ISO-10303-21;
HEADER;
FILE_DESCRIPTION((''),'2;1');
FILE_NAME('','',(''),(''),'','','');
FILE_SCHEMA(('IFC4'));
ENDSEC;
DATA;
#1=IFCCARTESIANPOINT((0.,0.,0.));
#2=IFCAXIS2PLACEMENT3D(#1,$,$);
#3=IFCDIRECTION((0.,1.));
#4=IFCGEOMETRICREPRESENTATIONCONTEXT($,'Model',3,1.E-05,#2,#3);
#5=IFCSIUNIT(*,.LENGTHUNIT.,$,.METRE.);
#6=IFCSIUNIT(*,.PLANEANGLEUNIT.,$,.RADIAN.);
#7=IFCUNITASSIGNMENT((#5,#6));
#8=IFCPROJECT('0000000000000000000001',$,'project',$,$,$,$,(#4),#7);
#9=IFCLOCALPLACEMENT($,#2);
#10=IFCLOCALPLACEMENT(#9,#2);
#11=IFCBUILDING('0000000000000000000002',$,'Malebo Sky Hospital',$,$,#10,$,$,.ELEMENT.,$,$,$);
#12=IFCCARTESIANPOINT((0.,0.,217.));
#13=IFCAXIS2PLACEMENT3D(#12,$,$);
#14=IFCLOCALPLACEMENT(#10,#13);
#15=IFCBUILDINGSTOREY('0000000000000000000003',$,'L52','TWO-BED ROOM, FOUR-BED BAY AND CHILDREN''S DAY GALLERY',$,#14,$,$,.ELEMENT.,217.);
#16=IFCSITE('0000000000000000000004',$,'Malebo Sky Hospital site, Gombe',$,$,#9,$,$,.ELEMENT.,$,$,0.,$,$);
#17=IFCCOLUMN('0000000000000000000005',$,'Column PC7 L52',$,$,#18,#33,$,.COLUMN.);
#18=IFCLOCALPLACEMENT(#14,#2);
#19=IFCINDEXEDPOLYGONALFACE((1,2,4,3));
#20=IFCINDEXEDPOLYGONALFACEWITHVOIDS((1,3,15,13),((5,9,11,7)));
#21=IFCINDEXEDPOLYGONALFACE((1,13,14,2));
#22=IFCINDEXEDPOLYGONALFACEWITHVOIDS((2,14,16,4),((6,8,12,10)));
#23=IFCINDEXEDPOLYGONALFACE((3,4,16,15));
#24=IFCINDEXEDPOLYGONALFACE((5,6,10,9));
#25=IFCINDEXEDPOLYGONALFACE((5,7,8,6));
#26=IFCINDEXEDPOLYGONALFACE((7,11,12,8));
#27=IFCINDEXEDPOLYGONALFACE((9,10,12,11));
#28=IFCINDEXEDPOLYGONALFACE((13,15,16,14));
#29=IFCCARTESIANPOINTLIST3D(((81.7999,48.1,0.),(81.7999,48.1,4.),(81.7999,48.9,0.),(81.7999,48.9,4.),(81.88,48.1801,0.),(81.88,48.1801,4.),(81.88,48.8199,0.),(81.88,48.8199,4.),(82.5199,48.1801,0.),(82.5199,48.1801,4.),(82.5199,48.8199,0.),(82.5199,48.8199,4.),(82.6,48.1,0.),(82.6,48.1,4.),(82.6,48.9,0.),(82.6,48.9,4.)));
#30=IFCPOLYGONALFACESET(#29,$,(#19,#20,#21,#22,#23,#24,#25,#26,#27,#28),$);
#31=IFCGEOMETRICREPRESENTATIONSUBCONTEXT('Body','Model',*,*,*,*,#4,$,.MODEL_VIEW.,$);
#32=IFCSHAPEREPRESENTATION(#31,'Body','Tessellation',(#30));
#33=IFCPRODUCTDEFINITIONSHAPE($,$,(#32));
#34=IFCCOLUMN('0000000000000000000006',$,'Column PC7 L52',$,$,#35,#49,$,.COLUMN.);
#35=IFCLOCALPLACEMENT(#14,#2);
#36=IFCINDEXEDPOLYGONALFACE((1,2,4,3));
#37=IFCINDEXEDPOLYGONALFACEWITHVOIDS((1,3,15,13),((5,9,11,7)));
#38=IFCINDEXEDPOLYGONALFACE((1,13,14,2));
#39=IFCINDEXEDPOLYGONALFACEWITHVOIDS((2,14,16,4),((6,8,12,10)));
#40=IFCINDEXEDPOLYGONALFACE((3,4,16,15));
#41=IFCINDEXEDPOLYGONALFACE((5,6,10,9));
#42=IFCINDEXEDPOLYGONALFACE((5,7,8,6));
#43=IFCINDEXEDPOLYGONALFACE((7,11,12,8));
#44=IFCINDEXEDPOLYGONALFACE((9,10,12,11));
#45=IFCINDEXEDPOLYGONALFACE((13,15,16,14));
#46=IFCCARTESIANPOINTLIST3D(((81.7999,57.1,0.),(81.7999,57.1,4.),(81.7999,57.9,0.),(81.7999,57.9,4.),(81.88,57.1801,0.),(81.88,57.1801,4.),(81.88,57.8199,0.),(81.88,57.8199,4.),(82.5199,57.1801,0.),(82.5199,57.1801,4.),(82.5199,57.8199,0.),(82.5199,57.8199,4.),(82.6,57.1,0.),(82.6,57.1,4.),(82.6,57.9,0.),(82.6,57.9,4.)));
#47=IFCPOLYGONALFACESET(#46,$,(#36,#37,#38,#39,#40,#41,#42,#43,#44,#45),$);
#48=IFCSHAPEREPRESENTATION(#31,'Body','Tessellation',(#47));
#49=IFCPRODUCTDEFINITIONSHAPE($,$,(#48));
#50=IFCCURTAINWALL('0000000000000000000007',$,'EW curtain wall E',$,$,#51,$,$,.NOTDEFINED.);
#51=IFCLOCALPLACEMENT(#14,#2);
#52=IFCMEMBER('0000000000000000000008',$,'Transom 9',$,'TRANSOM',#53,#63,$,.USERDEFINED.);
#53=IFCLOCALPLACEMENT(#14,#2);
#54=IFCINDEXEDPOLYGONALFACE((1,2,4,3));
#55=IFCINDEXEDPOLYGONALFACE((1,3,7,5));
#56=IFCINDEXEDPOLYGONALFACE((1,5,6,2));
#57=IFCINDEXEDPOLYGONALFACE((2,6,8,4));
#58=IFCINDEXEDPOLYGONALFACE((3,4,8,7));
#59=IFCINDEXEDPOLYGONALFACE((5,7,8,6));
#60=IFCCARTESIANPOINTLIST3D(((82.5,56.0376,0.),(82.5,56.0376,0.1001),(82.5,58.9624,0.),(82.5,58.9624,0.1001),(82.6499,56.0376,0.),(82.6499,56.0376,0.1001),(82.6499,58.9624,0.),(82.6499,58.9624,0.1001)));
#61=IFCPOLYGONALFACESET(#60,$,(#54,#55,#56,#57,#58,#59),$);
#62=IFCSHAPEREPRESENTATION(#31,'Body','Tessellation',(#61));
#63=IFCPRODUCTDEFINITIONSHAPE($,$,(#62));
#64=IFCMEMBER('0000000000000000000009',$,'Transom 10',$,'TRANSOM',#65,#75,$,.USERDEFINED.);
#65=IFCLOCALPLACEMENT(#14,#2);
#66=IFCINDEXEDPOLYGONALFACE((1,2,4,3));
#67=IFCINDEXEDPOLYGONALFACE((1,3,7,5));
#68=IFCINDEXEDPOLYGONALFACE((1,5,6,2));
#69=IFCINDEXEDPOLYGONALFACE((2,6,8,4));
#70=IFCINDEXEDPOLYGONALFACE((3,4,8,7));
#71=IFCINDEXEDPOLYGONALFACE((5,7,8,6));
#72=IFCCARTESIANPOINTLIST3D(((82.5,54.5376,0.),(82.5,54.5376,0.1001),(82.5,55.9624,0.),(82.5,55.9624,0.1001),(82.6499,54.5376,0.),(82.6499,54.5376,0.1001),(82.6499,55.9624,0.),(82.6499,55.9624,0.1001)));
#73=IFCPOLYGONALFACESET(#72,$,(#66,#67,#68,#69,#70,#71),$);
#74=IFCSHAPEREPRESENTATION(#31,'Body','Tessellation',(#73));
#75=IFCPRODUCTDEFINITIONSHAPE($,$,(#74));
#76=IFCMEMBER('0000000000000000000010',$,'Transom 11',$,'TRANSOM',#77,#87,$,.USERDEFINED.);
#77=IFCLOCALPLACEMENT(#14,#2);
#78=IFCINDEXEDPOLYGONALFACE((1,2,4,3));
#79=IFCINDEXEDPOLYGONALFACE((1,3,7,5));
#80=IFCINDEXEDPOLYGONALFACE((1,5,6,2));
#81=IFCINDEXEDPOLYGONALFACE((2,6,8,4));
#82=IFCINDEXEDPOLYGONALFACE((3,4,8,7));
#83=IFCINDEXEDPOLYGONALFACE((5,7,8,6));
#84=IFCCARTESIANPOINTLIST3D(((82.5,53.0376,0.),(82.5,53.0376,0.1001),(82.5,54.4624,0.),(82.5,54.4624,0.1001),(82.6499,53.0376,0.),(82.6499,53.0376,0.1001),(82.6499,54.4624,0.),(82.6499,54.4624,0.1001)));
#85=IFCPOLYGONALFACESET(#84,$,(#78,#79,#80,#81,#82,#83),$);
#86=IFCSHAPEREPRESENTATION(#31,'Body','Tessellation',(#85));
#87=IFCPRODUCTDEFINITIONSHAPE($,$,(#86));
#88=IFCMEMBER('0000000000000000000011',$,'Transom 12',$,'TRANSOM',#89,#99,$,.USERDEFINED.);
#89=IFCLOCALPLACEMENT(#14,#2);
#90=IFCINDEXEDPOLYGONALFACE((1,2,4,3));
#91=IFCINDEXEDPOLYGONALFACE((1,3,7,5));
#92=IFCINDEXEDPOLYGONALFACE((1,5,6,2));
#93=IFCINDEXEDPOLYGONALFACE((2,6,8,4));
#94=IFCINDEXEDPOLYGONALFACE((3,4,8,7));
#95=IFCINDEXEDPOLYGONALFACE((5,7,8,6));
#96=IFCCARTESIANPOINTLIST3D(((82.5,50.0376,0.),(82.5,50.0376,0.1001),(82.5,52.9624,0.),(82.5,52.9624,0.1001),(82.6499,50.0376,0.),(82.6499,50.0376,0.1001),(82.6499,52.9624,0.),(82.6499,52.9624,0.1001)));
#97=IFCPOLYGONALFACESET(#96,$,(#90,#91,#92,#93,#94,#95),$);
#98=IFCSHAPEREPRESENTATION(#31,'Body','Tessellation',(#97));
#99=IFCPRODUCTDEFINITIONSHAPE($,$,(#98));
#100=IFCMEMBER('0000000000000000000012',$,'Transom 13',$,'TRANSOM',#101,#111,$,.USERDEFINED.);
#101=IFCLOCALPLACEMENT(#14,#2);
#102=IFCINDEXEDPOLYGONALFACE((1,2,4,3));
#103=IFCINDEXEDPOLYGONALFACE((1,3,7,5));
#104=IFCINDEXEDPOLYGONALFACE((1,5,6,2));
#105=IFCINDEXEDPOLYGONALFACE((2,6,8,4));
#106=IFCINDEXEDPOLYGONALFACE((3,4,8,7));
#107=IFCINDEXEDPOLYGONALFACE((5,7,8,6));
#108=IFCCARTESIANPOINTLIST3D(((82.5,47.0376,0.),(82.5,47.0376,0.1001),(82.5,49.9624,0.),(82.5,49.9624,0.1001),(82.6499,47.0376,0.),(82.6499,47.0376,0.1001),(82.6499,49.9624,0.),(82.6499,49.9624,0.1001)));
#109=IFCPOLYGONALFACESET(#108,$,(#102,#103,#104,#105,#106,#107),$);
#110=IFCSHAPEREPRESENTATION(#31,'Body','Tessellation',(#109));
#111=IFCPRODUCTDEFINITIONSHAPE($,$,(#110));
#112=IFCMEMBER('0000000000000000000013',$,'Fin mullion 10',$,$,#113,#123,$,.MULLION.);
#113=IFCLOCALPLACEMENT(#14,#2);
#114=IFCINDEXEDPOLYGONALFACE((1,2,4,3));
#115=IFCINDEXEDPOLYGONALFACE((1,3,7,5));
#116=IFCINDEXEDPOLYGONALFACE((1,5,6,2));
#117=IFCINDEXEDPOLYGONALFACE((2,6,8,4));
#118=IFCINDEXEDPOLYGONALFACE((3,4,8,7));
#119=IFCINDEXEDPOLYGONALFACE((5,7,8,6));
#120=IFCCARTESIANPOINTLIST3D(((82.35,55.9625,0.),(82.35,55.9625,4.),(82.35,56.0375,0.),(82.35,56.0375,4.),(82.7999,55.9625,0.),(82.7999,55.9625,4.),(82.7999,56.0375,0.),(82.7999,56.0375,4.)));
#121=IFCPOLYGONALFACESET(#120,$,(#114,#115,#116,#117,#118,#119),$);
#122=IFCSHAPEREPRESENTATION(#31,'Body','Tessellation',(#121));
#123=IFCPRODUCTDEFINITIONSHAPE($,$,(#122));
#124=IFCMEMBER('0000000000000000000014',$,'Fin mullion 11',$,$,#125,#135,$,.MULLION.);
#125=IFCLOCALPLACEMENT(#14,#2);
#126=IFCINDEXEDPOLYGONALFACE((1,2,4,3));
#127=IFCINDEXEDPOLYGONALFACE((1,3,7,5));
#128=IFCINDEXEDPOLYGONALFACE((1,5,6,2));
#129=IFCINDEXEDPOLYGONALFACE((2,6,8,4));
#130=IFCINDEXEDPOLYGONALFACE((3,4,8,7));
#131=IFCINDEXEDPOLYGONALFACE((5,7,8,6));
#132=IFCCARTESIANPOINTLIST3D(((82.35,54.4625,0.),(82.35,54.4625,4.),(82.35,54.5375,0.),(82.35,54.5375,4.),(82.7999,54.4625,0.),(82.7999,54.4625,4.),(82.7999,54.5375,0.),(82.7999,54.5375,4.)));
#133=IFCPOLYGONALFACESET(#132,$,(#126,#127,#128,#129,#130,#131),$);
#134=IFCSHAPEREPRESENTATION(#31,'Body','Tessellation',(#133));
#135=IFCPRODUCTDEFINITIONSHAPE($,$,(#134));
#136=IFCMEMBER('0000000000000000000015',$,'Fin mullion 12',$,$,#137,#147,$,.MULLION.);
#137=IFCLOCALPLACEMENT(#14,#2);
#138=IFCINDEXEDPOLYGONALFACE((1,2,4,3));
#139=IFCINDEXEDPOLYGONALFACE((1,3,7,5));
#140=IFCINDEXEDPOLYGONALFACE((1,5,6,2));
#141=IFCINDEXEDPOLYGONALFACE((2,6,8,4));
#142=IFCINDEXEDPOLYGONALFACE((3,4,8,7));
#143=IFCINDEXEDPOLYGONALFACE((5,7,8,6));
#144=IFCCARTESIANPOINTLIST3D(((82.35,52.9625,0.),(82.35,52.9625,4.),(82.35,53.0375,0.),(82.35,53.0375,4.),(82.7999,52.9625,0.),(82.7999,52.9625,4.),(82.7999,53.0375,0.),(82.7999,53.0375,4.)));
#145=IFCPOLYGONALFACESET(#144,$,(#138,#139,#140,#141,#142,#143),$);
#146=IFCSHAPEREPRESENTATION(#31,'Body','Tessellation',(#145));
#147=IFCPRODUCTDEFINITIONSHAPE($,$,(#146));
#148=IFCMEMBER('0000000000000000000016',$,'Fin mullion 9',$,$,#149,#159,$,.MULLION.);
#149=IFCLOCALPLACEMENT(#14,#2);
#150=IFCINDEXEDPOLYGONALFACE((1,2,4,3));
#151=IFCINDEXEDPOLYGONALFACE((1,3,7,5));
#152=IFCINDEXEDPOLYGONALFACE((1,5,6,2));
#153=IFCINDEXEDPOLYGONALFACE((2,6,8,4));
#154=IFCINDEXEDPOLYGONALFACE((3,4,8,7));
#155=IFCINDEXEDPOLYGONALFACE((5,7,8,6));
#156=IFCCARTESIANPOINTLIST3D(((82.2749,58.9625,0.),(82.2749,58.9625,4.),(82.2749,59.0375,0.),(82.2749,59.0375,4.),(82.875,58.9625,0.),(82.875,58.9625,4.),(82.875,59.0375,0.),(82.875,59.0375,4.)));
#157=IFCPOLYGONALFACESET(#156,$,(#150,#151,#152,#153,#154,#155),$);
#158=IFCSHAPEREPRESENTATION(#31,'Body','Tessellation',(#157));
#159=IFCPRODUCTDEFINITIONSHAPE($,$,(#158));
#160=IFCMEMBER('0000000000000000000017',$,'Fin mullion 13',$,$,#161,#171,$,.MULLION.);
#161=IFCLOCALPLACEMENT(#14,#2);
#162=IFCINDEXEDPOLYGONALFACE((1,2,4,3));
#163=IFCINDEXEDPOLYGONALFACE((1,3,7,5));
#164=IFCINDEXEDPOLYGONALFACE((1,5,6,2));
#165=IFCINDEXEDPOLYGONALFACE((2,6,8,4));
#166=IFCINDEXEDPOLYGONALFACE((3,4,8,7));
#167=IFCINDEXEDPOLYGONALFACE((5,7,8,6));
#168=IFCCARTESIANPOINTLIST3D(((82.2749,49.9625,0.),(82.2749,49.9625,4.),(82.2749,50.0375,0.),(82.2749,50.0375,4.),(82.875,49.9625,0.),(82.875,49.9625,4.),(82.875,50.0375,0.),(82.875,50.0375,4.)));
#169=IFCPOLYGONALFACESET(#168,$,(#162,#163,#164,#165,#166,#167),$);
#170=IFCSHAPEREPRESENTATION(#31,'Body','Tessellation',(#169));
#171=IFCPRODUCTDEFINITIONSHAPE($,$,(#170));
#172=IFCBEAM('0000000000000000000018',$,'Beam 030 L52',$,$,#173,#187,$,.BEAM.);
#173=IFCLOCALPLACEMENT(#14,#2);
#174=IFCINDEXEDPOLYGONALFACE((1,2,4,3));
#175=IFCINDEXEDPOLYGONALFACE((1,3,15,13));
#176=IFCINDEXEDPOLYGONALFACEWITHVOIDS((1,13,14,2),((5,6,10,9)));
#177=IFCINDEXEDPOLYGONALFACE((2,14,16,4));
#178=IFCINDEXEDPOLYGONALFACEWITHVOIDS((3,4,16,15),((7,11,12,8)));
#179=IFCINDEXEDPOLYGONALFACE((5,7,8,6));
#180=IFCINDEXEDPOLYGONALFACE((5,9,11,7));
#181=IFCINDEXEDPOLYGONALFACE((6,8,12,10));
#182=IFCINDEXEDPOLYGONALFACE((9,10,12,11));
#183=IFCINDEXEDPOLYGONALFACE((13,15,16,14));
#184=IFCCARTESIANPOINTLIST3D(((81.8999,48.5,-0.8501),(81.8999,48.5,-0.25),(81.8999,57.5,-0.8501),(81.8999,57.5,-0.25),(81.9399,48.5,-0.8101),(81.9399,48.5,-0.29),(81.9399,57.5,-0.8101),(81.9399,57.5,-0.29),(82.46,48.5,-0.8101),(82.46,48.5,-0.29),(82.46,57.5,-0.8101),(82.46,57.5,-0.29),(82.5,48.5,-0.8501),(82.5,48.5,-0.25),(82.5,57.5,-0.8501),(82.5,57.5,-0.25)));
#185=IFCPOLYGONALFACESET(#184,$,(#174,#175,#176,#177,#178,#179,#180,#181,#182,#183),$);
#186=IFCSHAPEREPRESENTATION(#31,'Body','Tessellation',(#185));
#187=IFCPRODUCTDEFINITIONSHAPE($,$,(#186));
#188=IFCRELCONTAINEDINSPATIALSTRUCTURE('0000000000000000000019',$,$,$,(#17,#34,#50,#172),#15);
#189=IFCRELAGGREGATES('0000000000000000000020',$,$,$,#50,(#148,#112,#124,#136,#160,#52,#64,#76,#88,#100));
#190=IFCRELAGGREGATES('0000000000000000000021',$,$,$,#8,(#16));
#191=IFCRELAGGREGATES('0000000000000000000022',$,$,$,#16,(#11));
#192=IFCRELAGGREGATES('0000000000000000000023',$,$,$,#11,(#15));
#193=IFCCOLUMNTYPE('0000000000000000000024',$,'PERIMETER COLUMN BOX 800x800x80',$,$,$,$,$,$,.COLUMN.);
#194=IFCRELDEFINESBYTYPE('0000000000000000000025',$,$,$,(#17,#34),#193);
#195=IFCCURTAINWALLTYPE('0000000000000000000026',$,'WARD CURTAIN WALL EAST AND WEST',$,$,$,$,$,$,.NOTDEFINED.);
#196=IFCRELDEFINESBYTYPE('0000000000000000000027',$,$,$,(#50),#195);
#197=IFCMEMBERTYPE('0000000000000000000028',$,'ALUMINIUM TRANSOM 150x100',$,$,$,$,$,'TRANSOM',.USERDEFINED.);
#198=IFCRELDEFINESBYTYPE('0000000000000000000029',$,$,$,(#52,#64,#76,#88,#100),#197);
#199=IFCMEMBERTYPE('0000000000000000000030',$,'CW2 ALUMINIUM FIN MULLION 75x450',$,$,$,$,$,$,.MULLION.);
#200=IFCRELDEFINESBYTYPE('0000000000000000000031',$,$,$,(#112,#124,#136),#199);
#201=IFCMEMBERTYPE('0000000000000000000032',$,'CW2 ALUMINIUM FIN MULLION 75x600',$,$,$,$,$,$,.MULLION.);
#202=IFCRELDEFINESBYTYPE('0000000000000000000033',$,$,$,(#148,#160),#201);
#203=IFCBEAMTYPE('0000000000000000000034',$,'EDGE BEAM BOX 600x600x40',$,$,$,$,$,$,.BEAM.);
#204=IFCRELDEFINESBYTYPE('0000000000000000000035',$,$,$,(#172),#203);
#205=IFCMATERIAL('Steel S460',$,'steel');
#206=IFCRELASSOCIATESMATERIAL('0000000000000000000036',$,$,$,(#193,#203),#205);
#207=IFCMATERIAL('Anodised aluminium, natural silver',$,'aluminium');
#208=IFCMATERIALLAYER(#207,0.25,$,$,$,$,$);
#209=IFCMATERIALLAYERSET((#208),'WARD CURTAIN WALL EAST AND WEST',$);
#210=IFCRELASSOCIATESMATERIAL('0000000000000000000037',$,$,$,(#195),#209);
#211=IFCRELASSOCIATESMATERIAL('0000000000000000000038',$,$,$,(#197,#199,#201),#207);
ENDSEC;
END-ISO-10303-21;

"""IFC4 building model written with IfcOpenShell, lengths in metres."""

from ifc_helpers import new_model, si_unit, direction, frame, origin, origin_2d, place, context, subcontext, project, spatial, rectangle, hollow_rectangle, extrude, material, layer, layer_set, material_profile, profile_set, type_object, element, aggregate, save


model = new_model("IFC4")

# Units and contexts
model_context = context("Model", 3, precision=1e-05, world=origin(), true_north=direction((0.0, 1.0)))
body_context = subcontext(model_context, "Body", "Model", "MODEL_VIEW")
ifc_project = project(units=[si_unit("LENGTHUNIT", "METRE"), si_unit("PLANEANGLEUNIT", "RADIAN")], contexts=[model_context])

# Site, building, storey
site_placement = place(None, origin())
site = spatial("IfcSite", under=ifc_project, at=site_placement, Name="Malebo Sky Hospital site, Gombe", CompositionType="ELEMENT", RefElevation=0.0)
building_placement = place(site_placement, origin())
building = spatial("IfcBuilding", under=site, at=building_placement, Name="Malebo Sky Hospital", CompositionType="ELEMENT")
storey_placement = place(building_placement, frame((0.0, 0.0, 217.0)))
storey = spatial("IfcBuildingStorey", under=building, at=storey_placement, Name="L52", Description="TWO-BED ROOM, FOUR-BED BAY AND CHILDREN'S DAY GALLERY", CompositionType="ELEMENT", Elevation=217.0)

# Columns
ifc_material_1 = material(Name="Steel S460", Category="steel")
ifc_material_profile_1 = material_profile(ifc_material_1, hollow_rectangle(XDim=0.8, YDim=0.8, WallThickness=0.0801, at=origin_2d()), Name="BOX 800x800x80")
ifc_profile_set_1 = profile_set([ifc_material_profile_1], Name="Steel S460")
column_type = type_object("IfcColumnType", Name="PERIMETER COLUMN BOX 800x800x80", PredefinedType="COLUMN", material=ifc_profile_set_1)
for number, where, z_axis, x_axis, name in (
    (1, (82.2, 48.5, 0.0), (0.0, 0.0, 1.0), (1.0, 0.0, 0.0), "Column PC7 L52"),
    (2, (82.2, 57.5, 0.0), (0.0, 0.0, 1.0), (1.0, 0.0, 0.0), "Column PC7 L52"),
):
    element("IfcColumn", number, at=place(storey_placement, frame(where, z_axis=z_axis, x_axis=x_axis)), inside=storey, type_object=column_type, Name=name, PredefinedType="COLUMN", context=body_context, shape_type="SweptSolid", body=[
        extrude(hollow_rectangle(XDim=0.8, YDim=0.8, WallThickness=0.0801, at=origin_2d()), origin(), (0.0, 0.0, 1.0), 4.0),
    ])

# Curtain wall, members
ifc_material_2 = material(Name="Anodised aluminium, natural silver", Category="aluminium")
ifc_layer_1 = layer(ifc_material_2, 0.25)
ifc_layer_set_1 = layer_set([ifc_layer_1], Name="WARD CURTAIN WALL EAST AND WEST")
curtain_wall_type = type_object("IfcCurtainWallType", Name="WARD CURTAIN WALL EAST AND WEST", PredefinedType="NOTDEFINED", material=ifc_layer_set_1)
curtain_wall_placement = place(storey_placement, origin())
curtain_wall = element("IfcCurtainWall", 3, at=curtain_wall_placement, inside=storey, type_object=curtain_wall_type, Name="EW curtain wall E", PredefinedType="NOTDEFINED")
ifc_material_profile_2 = material_profile(ifc_material_2, rectangle(XDim=0.1499, YDim=0.1001, at=origin_2d()), Name="ALUMINIUM TRANSOM 150x100")
ifc_profile_set_2 = profile_set([ifc_material_profile_2], Name="Anodised aluminium, natural silver")
member_type_1 = type_object("IfcMemberType", Name="ALUMINIUM TRANSOM 150x100", ElementType="TRANSOM", PredefinedType="USERDEFINED", material=ifc_profile_set_2)
member_1_placement = place(storey_placement, frame((82.575, 58.9624, 0.05), z_axis=(0.0, -1.0, 0.0), x_axis=(1.0, 0.0, 0.0)))
member_1 = element("IfcMember", 4, at=member_1_placement, type_object=member_type_1, Name="Transom 9", ObjectType="TRANSOM", PredefinedType="USERDEFINED", context=body_context, shape_type="SweptSolid", body=[
    extrude(rectangle(XDim=0.1499, YDim=0.1001, at=origin_2d()), origin(), (0.0, 0.0, 1.0), 2.9248),
])
member_2_placement = place(storey_placement, frame((82.575, 55.9624, 0.05), z_axis=(0.0, -1.0, 0.0), x_axis=(1.0, 0.0, 0.0)))
member_2 = element("IfcMember", 5, at=member_2_placement, type_object=member_type_1, Name="Transom 10", ObjectType="TRANSOM", PredefinedType="USERDEFINED", context=body_context, shape_type="SweptSolid", body=[
    extrude(rectangle(XDim=0.1499, YDim=0.1001, at=origin_2d()), origin(), (0.0, 0.0, 1.0), 1.4248),
])
member_3_placement = place(storey_placement, frame((82.575, 54.4624, 0.05), z_axis=(0.0, -1.0, 0.0), x_axis=(1.0, 0.0, 0.0)))
member_3 = element("IfcMember", 6, at=member_3_placement, type_object=member_type_1, Name="Transom 11", ObjectType="TRANSOM", PredefinedType="USERDEFINED", context=body_context, shape_type="SweptSolid", body=[
    extrude(rectangle(XDim=0.1499, YDim=0.1001, at=origin_2d()), origin(), (0.0, 0.0, 1.0), 1.4248),
])
member_4_placement = place(storey_placement, frame((82.575, 52.9624, 0.05), z_axis=(0.0, -1.0, 0.0), x_axis=(1.0, 0.0, 0.0)))
member_4 = element("IfcMember", 7, at=member_4_placement, type_object=member_type_1, Name="Transom 12", ObjectType="TRANSOM", PredefinedType="USERDEFINED", context=body_context, shape_type="SweptSolid", body=[
    extrude(rectangle(XDim=0.1499, YDim=0.1001, at=origin_2d()), origin(), (0.0, 0.0, 1.0), 2.9248),
])
member_5_placement = place(storey_placement, frame((82.575, 49.9624, 0.05), z_axis=(0.0, -1.0, 0.0), x_axis=(1.0, 0.0, 0.0)))
member_5 = element("IfcMember", 8, at=member_5_placement, type_object=member_type_1, Name="Transom 13", ObjectType="TRANSOM", PredefinedType="USERDEFINED", context=body_context, shape_type="SweptSolid", body=[
    extrude(rectangle(XDim=0.1499, YDim=0.1001, at=origin_2d()), origin(), (0.0, 0.0, 1.0), 2.9248),
])
ifc_material_profile_3 = material_profile(ifc_material_2, rectangle(XDim=0.075, YDim=0.45, at=origin_2d()), Name="CW2 ALUMINIUM FIN MULLION 75x450")
ifc_profile_set_3 = profile_set([ifc_material_profile_3], Name="Anodised aluminium, natural silver")
member_type_2 = type_object("IfcMemberType", Name="CW2 ALUMINIUM FIN MULLION 75x450", PredefinedType="MULLION", material=ifc_profile_set_3)
member_6_placement = place(storey_placement, frame((82.575, 56.0, 0.0), z_axis=(0.0, 0.0, 1.0), x_axis=(0.0, -1.0, 0.0)))
member_6 = element("IfcMember", 9, at=member_6_placement, type_object=member_type_2, Name="Fin mullion 10", PredefinedType="MULLION", context=body_context, shape_type="SweptSolid", body=[
    extrude(rectangle(XDim=0.075, YDim=0.45, at=origin_2d()), origin(), (0.0, 0.0, 1.0), 4.0),
])
member_7_placement = place(storey_placement, frame((82.575, 54.5, 0.0), z_axis=(0.0, 0.0, 1.0), x_axis=(0.0, -1.0, 0.0)))
member_7 = element("IfcMember", 10, at=member_7_placement, type_object=member_type_2, Name="Fin mullion 11", PredefinedType="MULLION", context=body_context, shape_type="SweptSolid", body=[
    extrude(rectangle(XDim=0.075, YDim=0.45, at=origin_2d()), origin(), (0.0, 0.0, 1.0), 4.0),
])
member_8_placement = place(storey_placement, frame((82.575, 53.0, 0.0), z_axis=(0.0, 0.0, 1.0), x_axis=(0.0, -1.0, 0.0)))
member_8 = element("IfcMember", 11, at=member_8_placement, type_object=member_type_2, Name="Fin mullion 12", PredefinedType="MULLION", context=body_context, shape_type="SweptSolid", body=[
    extrude(rectangle(XDim=0.075, YDim=0.45, at=origin_2d()), origin(), (0.0, 0.0, 1.0), 4.0),
])
ifc_material_profile_4 = material_profile(ifc_material_2, rectangle(XDim=0.075, YDim=0.6001, at=origin_2d()), Name="CW2 ALUMINIUM FIN MULLION 75x600")
ifc_profile_set_4 = profile_set([ifc_material_profile_4], Name="Anodised aluminium, natural silver")
member_type_3 = type_object("IfcMemberType", Name="CW2 ALUMINIUM FIN MULLION 75x600", PredefinedType="MULLION", material=ifc_profile_set_4)
member_9_placement = place(storey_placement, frame((82.575, 59.0, 0.0), z_axis=(0.0, 0.0, 1.0), x_axis=(0.0, -1.0, 0.0)))
member_9 = element("IfcMember", 12, at=member_9_placement, type_object=member_type_3, Name="Fin mullion 9", PredefinedType="MULLION", context=body_context, shape_type="SweptSolid", body=[
    extrude(rectangle(XDim=0.075, YDim=0.6001, at=origin_2d()), origin(), (0.0, 0.0, 1.0), 4.0),
])
member_10_placement = place(storey_placement, frame((82.575, 50.0, 0.0), z_axis=(0.0, 0.0, 1.0), x_axis=(0.0, -1.0, 0.0)))
member_10 = element("IfcMember", 13, at=member_10_placement, type_object=member_type_3, Name="Fin mullion 13", PredefinedType="MULLION", context=body_context, shape_type="SweptSolid", body=[
    extrude(rectangle(XDim=0.075, YDim=0.6001, at=origin_2d()), origin(), (0.0, 0.0, 1.0), 4.0),
])

# Beam
ifc_material_profile_5 = material_profile(ifc_material_1, hollow_rectangle(XDim=0.6001, YDim=0.6001, WallThickness=0.04, at=origin_2d()), Name="BOX 600x600x40")
ifc_profile_set_5 = profile_set([ifc_material_profile_5], Name="Steel S460")
beam_type_1 = type_object("IfcBeamType", Name="EDGE BEAM BOX 600x600x40", PredefinedType="BEAM", material=ifc_profile_set_5)
for number, where, z_axis, x_axis, name in (
    (14, (82.2, 48.5, -0.55), (0.0, 1.0, 0.0), (-1.0, 0.0, 0.0), "Beam 030 L52"),
):
    element("IfcBeam", number, at=place(storey_placement, frame(where, z_axis=z_axis, x_axis=x_axis)), inside=storey, type_object=beam_type_1, Name=name, PredefinedType="BEAM", context=body_context, shape_type="SweptSolid", body=[
        extrude(hollow_rectangle(XDim=0.6001, YDim=0.6001, WallThickness=0.04, at=origin_2d()), origin(), (0.0, 0.0, 1.0), 9.0),
    ])

aggregate(curtain_wall, [member_9, member_6, member_7, member_8, member_10, member_1, member_2, member_3, member_4, member_5])

save(model, "model.ifc")
